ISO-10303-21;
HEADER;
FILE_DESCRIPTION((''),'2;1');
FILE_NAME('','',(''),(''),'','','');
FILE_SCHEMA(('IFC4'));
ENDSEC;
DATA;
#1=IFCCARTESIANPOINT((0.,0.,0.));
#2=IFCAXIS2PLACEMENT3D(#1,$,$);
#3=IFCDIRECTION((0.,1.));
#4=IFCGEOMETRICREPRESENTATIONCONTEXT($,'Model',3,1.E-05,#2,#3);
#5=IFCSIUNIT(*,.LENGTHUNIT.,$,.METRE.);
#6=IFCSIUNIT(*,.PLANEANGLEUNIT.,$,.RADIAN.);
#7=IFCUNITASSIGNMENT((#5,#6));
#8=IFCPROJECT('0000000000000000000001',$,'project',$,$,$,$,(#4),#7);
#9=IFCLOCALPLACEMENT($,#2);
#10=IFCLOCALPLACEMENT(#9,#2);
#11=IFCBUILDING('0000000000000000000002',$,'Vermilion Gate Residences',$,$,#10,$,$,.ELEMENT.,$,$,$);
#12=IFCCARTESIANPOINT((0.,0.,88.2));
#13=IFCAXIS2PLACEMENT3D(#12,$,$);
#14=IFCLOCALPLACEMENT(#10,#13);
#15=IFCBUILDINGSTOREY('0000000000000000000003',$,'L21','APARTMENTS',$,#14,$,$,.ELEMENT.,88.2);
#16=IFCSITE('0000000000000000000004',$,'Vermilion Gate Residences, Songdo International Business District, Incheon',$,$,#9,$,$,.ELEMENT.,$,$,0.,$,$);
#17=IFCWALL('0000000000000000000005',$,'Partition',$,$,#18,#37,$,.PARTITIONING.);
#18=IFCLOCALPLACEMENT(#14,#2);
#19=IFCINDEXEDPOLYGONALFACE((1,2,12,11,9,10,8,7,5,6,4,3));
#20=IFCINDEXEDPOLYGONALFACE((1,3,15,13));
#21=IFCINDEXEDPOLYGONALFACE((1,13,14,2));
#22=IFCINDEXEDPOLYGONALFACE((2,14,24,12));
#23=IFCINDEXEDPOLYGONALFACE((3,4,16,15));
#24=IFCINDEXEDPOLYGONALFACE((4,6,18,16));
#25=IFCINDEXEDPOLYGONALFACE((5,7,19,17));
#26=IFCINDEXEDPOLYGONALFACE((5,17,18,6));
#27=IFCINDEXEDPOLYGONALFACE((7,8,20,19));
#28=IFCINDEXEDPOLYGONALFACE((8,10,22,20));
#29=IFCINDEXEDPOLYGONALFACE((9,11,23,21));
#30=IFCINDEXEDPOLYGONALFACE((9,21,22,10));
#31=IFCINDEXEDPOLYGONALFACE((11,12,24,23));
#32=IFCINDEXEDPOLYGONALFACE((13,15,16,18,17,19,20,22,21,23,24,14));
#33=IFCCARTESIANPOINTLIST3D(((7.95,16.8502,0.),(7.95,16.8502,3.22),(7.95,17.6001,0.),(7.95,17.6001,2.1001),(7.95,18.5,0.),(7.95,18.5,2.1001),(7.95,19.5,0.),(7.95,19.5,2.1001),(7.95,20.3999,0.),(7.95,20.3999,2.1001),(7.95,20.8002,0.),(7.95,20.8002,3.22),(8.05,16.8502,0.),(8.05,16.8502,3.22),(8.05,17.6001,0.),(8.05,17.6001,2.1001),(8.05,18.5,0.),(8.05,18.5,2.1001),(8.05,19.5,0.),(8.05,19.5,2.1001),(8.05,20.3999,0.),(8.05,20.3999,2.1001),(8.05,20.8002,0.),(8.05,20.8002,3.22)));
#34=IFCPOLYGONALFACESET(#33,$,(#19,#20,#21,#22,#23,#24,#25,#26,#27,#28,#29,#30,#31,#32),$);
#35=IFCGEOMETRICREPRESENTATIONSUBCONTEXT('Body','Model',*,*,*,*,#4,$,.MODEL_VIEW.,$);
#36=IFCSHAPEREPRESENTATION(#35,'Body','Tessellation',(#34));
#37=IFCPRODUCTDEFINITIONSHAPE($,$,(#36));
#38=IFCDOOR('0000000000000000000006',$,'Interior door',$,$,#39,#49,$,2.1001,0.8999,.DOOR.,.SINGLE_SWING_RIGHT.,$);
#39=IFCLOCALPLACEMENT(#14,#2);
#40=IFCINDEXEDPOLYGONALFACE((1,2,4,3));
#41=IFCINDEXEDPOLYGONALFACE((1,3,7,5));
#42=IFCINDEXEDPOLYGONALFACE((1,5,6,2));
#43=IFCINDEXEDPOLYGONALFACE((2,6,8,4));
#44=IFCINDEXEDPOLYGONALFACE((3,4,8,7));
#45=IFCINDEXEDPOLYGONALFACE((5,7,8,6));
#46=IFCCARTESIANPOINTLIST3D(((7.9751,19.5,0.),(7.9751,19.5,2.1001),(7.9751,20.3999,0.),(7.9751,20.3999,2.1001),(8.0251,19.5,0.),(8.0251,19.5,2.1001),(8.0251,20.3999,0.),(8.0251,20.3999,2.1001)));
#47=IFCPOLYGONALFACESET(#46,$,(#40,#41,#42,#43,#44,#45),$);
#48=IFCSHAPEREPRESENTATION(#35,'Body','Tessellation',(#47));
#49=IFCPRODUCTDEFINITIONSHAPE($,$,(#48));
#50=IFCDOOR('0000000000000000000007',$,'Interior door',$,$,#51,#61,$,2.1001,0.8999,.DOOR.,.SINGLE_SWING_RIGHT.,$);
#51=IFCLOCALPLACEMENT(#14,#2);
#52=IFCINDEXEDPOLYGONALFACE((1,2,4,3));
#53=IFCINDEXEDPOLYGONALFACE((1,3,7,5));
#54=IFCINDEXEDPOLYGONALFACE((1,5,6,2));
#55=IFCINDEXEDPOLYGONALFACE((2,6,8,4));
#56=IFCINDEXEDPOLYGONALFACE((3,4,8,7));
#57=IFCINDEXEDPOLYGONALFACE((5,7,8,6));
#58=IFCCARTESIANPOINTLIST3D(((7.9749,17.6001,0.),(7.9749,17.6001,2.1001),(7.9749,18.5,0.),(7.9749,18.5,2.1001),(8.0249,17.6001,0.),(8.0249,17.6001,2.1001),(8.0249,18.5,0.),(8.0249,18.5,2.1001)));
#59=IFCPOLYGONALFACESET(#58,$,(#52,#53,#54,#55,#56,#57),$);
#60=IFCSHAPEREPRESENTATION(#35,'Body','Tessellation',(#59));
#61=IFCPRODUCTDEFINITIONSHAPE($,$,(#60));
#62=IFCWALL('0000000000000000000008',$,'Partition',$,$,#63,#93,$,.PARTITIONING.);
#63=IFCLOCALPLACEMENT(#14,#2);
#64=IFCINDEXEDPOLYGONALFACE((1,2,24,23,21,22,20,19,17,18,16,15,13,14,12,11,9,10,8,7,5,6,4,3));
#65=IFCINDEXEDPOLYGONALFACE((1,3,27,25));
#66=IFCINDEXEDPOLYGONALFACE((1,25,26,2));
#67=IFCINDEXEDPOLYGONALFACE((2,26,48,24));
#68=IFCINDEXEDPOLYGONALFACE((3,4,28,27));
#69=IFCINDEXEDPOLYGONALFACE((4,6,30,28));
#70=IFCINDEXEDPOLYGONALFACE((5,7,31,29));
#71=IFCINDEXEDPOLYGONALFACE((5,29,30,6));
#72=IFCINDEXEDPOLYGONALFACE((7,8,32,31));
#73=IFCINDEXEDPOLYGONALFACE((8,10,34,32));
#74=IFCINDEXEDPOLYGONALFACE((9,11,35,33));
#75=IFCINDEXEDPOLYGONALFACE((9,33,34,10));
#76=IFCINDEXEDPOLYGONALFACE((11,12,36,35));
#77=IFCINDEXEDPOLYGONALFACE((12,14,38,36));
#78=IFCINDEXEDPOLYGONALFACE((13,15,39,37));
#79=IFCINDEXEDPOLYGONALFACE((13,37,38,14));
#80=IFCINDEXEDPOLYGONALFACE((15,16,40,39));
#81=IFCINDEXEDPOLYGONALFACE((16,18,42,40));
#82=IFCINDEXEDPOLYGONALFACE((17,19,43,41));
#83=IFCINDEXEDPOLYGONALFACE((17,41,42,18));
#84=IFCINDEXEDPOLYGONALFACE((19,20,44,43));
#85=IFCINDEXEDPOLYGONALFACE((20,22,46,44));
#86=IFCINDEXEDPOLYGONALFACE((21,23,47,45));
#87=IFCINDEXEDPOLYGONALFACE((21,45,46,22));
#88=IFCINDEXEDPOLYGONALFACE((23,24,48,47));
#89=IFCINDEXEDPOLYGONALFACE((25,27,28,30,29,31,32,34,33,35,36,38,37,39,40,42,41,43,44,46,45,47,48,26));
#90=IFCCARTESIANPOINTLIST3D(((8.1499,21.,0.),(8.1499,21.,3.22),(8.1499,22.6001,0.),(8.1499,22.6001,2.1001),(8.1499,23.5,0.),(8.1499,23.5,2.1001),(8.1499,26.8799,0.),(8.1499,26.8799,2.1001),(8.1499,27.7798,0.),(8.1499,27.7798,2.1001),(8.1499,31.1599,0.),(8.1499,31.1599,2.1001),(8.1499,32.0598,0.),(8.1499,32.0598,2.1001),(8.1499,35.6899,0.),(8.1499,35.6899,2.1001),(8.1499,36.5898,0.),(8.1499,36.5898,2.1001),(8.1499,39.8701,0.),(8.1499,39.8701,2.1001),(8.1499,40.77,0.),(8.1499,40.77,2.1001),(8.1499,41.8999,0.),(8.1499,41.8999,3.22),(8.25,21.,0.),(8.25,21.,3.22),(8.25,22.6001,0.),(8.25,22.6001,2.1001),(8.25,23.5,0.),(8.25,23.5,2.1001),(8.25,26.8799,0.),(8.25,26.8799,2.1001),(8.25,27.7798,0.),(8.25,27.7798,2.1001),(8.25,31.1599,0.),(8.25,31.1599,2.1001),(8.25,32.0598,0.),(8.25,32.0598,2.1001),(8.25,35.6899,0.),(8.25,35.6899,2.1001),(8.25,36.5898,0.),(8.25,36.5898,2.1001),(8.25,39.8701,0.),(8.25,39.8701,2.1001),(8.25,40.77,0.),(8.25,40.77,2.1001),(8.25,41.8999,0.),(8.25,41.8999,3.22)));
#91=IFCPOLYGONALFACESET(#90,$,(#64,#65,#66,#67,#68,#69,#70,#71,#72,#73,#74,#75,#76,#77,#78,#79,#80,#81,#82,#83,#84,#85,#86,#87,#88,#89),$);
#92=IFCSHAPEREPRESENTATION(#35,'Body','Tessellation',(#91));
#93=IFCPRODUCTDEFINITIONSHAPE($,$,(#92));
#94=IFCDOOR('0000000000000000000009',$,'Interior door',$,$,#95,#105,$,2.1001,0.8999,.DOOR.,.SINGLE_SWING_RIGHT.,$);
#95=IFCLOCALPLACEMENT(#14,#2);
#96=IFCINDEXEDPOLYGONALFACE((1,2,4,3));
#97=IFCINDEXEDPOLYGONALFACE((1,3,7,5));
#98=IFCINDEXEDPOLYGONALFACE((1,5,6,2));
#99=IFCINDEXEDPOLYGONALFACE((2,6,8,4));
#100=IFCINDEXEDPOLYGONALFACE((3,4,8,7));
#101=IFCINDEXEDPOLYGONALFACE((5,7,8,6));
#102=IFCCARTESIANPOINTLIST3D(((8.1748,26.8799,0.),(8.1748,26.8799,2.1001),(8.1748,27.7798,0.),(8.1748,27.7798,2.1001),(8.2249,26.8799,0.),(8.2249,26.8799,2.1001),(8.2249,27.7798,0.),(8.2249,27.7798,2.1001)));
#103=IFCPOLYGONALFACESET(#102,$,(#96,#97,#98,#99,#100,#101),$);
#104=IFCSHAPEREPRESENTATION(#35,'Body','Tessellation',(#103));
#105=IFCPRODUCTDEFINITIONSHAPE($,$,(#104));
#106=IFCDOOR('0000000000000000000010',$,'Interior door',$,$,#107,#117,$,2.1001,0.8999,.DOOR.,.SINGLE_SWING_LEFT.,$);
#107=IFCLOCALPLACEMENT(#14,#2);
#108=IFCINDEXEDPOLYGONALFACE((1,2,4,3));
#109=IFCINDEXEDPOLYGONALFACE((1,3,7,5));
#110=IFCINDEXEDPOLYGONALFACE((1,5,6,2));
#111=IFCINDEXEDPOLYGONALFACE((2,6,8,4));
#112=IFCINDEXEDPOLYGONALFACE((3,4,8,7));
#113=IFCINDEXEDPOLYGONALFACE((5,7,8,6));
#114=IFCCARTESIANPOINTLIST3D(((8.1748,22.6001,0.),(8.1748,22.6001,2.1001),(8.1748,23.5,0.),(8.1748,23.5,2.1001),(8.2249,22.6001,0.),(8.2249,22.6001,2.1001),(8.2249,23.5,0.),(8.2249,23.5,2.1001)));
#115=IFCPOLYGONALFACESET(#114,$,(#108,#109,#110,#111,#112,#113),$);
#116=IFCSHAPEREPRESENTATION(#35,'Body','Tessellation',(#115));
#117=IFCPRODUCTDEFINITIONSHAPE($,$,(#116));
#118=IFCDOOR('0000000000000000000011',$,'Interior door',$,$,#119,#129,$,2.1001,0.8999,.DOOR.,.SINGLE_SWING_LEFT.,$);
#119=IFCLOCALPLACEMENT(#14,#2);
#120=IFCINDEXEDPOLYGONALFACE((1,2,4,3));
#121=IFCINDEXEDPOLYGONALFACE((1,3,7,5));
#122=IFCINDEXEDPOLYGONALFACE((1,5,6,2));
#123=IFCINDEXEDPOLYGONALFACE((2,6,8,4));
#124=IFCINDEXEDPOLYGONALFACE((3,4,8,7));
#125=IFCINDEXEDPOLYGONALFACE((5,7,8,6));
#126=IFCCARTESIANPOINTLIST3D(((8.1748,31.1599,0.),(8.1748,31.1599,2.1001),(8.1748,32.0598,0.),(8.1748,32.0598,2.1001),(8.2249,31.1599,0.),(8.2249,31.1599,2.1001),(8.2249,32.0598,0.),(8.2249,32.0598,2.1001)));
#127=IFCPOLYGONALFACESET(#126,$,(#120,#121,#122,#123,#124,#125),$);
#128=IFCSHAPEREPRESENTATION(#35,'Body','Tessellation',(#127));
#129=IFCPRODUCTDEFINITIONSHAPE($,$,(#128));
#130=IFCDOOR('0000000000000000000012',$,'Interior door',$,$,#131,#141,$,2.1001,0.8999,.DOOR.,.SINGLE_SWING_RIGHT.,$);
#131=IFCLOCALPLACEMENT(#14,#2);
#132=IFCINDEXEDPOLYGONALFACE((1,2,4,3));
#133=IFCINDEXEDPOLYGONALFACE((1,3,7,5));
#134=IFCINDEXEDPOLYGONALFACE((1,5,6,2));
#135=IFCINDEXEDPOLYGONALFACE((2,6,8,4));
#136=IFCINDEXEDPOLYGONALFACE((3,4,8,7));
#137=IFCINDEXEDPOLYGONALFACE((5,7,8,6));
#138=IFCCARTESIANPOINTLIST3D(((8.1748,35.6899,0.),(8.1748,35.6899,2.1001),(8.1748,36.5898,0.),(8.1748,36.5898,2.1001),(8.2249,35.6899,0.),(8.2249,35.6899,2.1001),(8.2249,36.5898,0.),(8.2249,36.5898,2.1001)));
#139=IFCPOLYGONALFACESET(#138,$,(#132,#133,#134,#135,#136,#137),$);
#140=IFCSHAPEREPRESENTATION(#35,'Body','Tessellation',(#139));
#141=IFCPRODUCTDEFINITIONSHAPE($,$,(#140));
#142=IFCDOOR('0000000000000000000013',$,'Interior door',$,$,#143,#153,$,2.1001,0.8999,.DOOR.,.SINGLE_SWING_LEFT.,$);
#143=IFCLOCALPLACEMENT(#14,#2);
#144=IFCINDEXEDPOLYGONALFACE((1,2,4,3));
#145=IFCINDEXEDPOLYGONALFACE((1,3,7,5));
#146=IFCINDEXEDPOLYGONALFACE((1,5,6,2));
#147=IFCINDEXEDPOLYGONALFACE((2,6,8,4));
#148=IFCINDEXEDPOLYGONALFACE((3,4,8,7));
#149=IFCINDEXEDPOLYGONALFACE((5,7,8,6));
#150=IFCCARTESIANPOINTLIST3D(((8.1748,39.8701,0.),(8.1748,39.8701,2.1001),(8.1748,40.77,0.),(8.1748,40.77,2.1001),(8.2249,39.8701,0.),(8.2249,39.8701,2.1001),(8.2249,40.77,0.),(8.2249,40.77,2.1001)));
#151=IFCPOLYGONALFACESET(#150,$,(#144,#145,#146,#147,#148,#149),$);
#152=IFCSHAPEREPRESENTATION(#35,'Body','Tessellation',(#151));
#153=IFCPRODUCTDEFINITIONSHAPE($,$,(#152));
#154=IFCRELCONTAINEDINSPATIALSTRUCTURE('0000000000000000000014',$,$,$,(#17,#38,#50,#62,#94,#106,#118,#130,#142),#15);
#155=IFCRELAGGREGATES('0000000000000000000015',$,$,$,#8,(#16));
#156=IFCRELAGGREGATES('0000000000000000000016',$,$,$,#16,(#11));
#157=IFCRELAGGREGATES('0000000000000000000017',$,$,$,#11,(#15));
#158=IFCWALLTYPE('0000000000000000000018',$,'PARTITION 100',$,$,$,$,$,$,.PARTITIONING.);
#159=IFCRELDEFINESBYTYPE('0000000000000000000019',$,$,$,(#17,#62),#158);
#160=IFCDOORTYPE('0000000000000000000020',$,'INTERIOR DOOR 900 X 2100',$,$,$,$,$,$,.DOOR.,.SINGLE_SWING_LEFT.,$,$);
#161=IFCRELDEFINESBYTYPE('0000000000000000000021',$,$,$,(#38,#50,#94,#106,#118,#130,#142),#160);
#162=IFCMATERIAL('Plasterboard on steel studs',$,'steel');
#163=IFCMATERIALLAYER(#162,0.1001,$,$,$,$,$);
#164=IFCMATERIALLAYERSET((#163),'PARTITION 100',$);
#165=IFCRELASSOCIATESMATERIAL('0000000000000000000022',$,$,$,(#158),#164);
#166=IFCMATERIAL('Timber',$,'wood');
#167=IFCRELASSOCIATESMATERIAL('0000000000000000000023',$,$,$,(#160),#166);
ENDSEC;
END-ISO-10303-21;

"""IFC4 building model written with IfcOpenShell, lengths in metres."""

from ifc_helpers import new_model, si_unit, direction, frame, frame_2d, origin, place, context, subcontext, project, spatial, rectangle, extrude, material, layer, layer_set, type_object, element, fill, save


model = new_model("IFC4")

# Units and contexts
model_context = context("Model", 3, precision=1e-05, world=origin(), true_north=direction((0.0, 1.0)))
body_context = subcontext(model_context, "Body", "Model", "MODEL_VIEW")
ifc_project = project(units=[si_unit("LENGTHUNIT", "METRE"), si_unit("PLANEANGLEUNIT", "RADIAN")], contexts=[model_context])

# Site, building, storey
site_placement = place(None, origin())
site = spatial("IfcSite", under=ifc_project, at=site_placement, Name="Vermilion Gate Residences, Songdo International Business District, Incheon", CompositionType="ELEMENT", RefElevation=0.0)
building_placement = place(site_placement, origin())
building = spatial("IfcBuilding", under=site, at=building_placement, Name="Vermilion Gate Residences", CompositionType="ELEMENT")
storey_placement = place(building_placement, frame((0.0, 0.0, 88.2)))
storey = spatial("IfcBuildingStorey", under=building, at=storey_placement, Name="L21", Description="APARTMENTS", CompositionType="ELEMENT", Elevation=88.2)

# Shared definitions
ifc_material_1 = material(Name="Plasterboard on steel studs", Category="steel")
ifc_layer_1 = layer(ifc_material_1, 0.1001)
ifc_layer_set_1 = layer_set([ifc_layer_1], Name="PARTITION 100")
wall_type_1 = type_object("IfcWallType", Name="PARTITION 100", PredefinedType="PARTITIONING", material=ifc_layer_set_1)

# Walls, openings, doors
ifc_material_2 = material(Name="Timber", Category="wood")
door_type = type_object("IfcDoorType", Name="INTERIOR DOOR 900 X 2100", OperationType="SINGLE_SWING_LEFT", PredefinedType="DOOR", material=ifc_material_2)
wall_1_placement = place(storey_placement, frame((8.0, 16.8501, 0.0), z_axis=(0.0, 0.0, 1.0), x_axis=(0.0, 1.0, 0.0)))
wall_1 = element("IfcWall", 1, at=wall_1_placement, inside=storey, type_object=wall_type_1, Name="Partition", PredefinedType="PARTITIONING", context=body_context, shape_type="SweptSolid", body=[
    extrude(rectangle(XDim=3.95, YDim=0.1001, at=frame_2d((1.9751, 0.0))), origin(), (0.0, 0.0, 1.0), 3.22),
])
opening_1_placement = place(wall_1_placement, frame((2.6499, 0.0, 0.0)))
opening_1 = element("IfcOpeningElement", 2, at=opening_1_placement, cuts=wall_1, PredefinedType="OPENING", context=body_context, shape_type="SweptSolid", body=[
    extrude(rectangle(XDim=0.8999, YDim=2.1001, at=frame_2d((0.45, 1.05))), frame((0.0, 0.0601, 0.0), z_axis=(0.0, -1.0, 0.0), x_axis=(1.0, 0.0, 0.0)), (0.0, 0.0, 1.0), 0.1201),
])
opening_2_placement = place(wall_1_placement, frame((0.75, 0.0, 0.0)))
opening_2 = element("IfcOpeningElement", 3, at=opening_2_placement, cuts=wall_1, PredefinedType="OPENING", context=body_context, shape_type="SweptSolid", body=[
    extrude(rectangle(XDim=0.8999, YDim=2.1001, at=frame_2d((0.45, 1.05))), frame((0.0, 0.0601, 0.0), z_axis=(0.0, -1.0, 0.0), x_axis=(1.0, 0.0, 0.0)), (0.0, 0.0, 1.0), 0.1201),
])
door_1_placement = place(opening_1_placement, origin())
door_1 = element("IfcDoor", 4, at=door_1_placement, inside=storey, type_object=door_type, Name="Interior door", OperationType="SINGLE_SWING_RIGHT", OverallHeight=2.1001, OverallWidth=0.8999, PredefinedType="DOOR", context=body_context, shape_type="SweptSolid", body=[
    extrude(rectangle(XDim=0.8999, YDim=2.1001, at=frame_2d((0.45, 1.05))), frame((0.0, 0.0249, 0.0), z_axis=(0.0, -1.0, 0.0), x_axis=(1.0, 0.0, 0.0)), (0.0, 0.0, 1.0), 0.05),
])
fill(opening_1, door_1)
door_2_placement = place(opening_2_placement, frame((0.8999, 0.0, 0.0), z_axis=(0.0, 0.0, 1.0), x_axis=(-1.0, 0.0, 0.0)))
door_2 = element("IfcDoor", 5, at=door_2_placement, inside=storey, type_object=door_type, Name="Interior door", OperationType="SINGLE_SWING_RIGHT", OverallHeight=2.1001, OverallWidth=0.8999, PredefinedType="DOOR", context=body_context, shape_type="SweptSolid", body=[
    extrude(rectangle(XDim=0.8999, YDim=2.1001, at=frame_2d((0.45, 1.05))), frame((0.0, 0.0249, 0.0), z_axis=(0.0, -1.0, 0.0), x_axis=(1.0, 0.0, 0.0)), (0.0, 0.0, 1.0), 0.05),
])
fill(opening_2, door_2)
wall_2_placement = place(storey_placement, frame((8.2, 21.0, 0.0), z_axis=(0.0, 0.0, 1.0), x_axis=(0.0, 1.0, 0.0)))
wall_2 = element("IfcWall", 6, at=wall_2_placement, inside=storey, type_object=wall_type_1, Name="Partition", PredefinedType="PARTITIONING", context=body_context, shape_type="SweptSolid", body=[
    extrude(rectangle(XDim=20.8999, YDim=0.1001, at=frame_2d((10.45, 0.0))), origin(), (0.0, 0.0, 1.0), 3.22),
])
opening_3_placement = place(wall_2_placement, frame((5.8799, 0.0, 0.0)))
opening_3 = element("IfcOpeningElement", 7, at=opening_3_placement, cuts=wall_2, PredefinedType="OPENING", context=body_context, shape_type="SweptSolid", body=[
    extrude(rectangle(XDim=0.8999, YDim=2.1001, at=frame_2d((0.45, 1.05))), frame((0.0, 0.0601, 0.0), z_axis=(0.0, -1.0, 0.0), x_axis=(1.0, 0.0, 0.0)), (0.0, 0.0, 1.0), 0.1201),
])
opening_4_placement = place(wall_2_placement, frame((1.6001, 0.0, 0.0)))
opening_4 = element("IfcOpeningElement", 8, at=opening_4_placement, cuts=wall_2, PredefinedType="OPENING", context=body_context, shape_type="SweptSolid", body=[
    extrude(rectangle(XDim=0.8999, YDim=2.1001, at=frame_2d((0.45, 1.05))), frame((0.0, 0.0601, 0.0), z_axis=(0.0, -1.0, 0.0), x_axis=(1.0, 0.0, 0.0)), (0.0, 0.0, 1.0), 0.1201),
])
opening_5_placement = place(wall_2_placement, frame((10.1599, 0.0, 0.0)))
opening_5 = element("IfcOpeningElement", 9, at=opening_5_placement, cuts=wall_2, PredefinedType="OPENING", context=body_context, shape_type="SweptSolid", body=[
    extrude(rectangle(XDim=0.8999, YDim=2.1001, at=frame_2d((0.45, 1.05))), frame((0.0, 0.0601, 0.0), z_axis=(0.0, -1.0, 0.0), x_axis=(1.0, 0.0, 0.0)), (0.0, 0.0, 1.0), 0.1201),
])
opening_6_placement = place(wall_2_placement, frame((14.6899, 0.0, 0.0)))
opening_6 = element("IfcOpeningElement", 10, at=opening_6_placement, cuts=wall_2, PredefinedType="OPENING", context=body_context, shape_type="SweptSolid", body=[
    extrude(rectangle(XDim=0.8999, YDim=2.1001, at=frame_2d((0.45, 1.05))), frame((0.0, 0.0601, 0.0), z_axis=(0.0, -1.0, 0.0), x_axis=(1.0, 0.0, 0.0)), (0.0, 0.0, 1.0), 0.1201),
])
opening_7_placement = place(wall_2_placement, frame((18.8701, 0.0, 0.0)))
opening_7 = element("IfcOpeningElement", 11, at=opening_7_placement, cuts=wall_2, PredefinedType="OPENING", context=body_context, shape_type="SweptSolid", body=[
    extrude(rectangle(XDim=0.8999, YDim=2.1001, at=frame_2d((0.45, 1.05))), frame((0.0, 0.0601, 0.0), z_axis=(0.0, -1.0, 0.0), x_axis=(1.0, 0.0, 0.0)), (0.0, 0.0, 1.0), 0.1201),
])
door_3_placement = place(opening_3_placement, frame((0.8999, 0.0, 0.0), z_axis=(0.0, 0.0, 1.0), x_axis=(-1.0, 0.0, 0.0)))
door_3 = element("IfcDoor", 12, at=door_3_placement, inside=storey, type_object=door_type, Name="Interior door", OperationType="SINGLE_SWING_RIGHT", OverallHeight=2.1001, OverallWidth=0.8999, PredefinedType="DOOR", context=body_context, shape_type="SweptSolid", body=[
    extrude(rectangle(XDim=0.8999, YDim=2.1001, at=frame_2d((0.45, 1.05))), frame((0.0, 0.0249, 0.0), z_axis=(0.0, -1.0, 0.0), x_axis=(1.0, 0.0, 0.0)), (0.0, 0.0, 1.0), 0.05),
])
fill(opening_3, door_3)
door_4_placement = place(opening_4_placement, frame((0.8999, 0.0, 0.0), z_axis=(0.0, 0.0, 1.0), x_axis=(-1.0, 0.0, 0.0)))
door_4 = element("IfcDoor", 13, at=door_4_placement, inside=storey, type_object=door_type, Name="Interior door", OperationType="SINGLE_SWING_LEFT", OverallHeight=2.1001, OverallWidth=0.8999, PredefinedType="DOOR", context=body_context, shape_type="SweptSolid", body=[
    extrude(rectangle(XDim=0.8999, YDim=2.1001, at=frame_2d((0.45, 1.05))), frame((0.0, 0.0249, 0.0), z_axis=(0.0, -1.0, 0.0), x_axis=(1.0, 0.0, 0.0)), (0.0, 0.0, 1.0), 0.05),
])
fill(opening_4, door_4)
door_5_placement = place(opening_5_placement, frame((0.8999, 0.0, 0.0), z_axis=(0.0, 0.0, 1.0), x_axis=(-1.0, 0.0, 0.0)))
door_5 = element("IfcDoor", 14, at=door_5_placement, inside=storey, type_object=door_type, Name="Interior door", OperationType="SINGLE_SWING_LEFT", OverallHeight=2.1001, OverallWidth=0.8999, PredefinedType="DOOR", context=body_context, shape_type="SweptSolid", body=[
    extrude(rectangle(XDim=0.8999, YDim=2.1001, at=frame_2d((0.45, 1.05))), frame((0.0, 0.0249, 0.0), z_axis=(0.0, -1.0, 0.0), x_axis=(1.0, 0.0, 0.0)), (0.0, 0.0, 1.0), 0.05),
])
fill(opening_5, door_5)
door_6_placement = place(opening_6_placement, frame((0.8999, 0.0, 0.0), z_axis=(0.0, 0.0, 1.0), x_axis=(-1.0, 0.0, 0.0)))
door_6 = element("IfcDoor", 15, at=door_6_placement, inside=storey, type_object=door_type, Name="Interior door", OperationType="SINGLE_SWING_RIGHT", OverallHeight=2.1001, OverallWidth=0.8999, PredefinedType="DOOR", context=body_context, shape_type="SweptSolid", body=[
    extrude(rectangle(XDim=0.8999, YDim=2.1001, at=frame_2d((0.45, 1.05))), frame((0.0, 0.0249, 0.0), z_axis=(0.0, -1.0, 0.0), x_axis=(1.0, 0.0, 0.0)), (0.0, 0.0, 1.0), 0.05),
])
fill(opening_6, door_6)
door_7_placement = place(opening_7_placement, frame((0.8999, 0.0, 0.0), z_axis=(0.0, 0.0, 1.0), x_axis=(-1.0, 0.0, 0.0)))
door_7 = element("IfcDoor", 16, at=door_7_placement, inside=storey, type_object=door_type, Name="Interior door", OperationType="SINGLE_SWING_LEFT", OverallHeight=2.1001, OverallWidth=0.8999, PredefinedType="DOOR", context=body_context, shape_type="SweptSolid", body=[
    extrude(rectangle(XDim=0.8999, YDim=2.1001, at=frame_2d((0.45, 1.05))), frame((0.0, 0.0249, 0.0), z_axis=(0.0, -1.0, 0.0), x_axis=(1.0, 0.0, 0.0)), (0.0, 0.0, 1.0), 0.05),
])
fill(opening_7, door_7)

save(model, "model.ifc")
